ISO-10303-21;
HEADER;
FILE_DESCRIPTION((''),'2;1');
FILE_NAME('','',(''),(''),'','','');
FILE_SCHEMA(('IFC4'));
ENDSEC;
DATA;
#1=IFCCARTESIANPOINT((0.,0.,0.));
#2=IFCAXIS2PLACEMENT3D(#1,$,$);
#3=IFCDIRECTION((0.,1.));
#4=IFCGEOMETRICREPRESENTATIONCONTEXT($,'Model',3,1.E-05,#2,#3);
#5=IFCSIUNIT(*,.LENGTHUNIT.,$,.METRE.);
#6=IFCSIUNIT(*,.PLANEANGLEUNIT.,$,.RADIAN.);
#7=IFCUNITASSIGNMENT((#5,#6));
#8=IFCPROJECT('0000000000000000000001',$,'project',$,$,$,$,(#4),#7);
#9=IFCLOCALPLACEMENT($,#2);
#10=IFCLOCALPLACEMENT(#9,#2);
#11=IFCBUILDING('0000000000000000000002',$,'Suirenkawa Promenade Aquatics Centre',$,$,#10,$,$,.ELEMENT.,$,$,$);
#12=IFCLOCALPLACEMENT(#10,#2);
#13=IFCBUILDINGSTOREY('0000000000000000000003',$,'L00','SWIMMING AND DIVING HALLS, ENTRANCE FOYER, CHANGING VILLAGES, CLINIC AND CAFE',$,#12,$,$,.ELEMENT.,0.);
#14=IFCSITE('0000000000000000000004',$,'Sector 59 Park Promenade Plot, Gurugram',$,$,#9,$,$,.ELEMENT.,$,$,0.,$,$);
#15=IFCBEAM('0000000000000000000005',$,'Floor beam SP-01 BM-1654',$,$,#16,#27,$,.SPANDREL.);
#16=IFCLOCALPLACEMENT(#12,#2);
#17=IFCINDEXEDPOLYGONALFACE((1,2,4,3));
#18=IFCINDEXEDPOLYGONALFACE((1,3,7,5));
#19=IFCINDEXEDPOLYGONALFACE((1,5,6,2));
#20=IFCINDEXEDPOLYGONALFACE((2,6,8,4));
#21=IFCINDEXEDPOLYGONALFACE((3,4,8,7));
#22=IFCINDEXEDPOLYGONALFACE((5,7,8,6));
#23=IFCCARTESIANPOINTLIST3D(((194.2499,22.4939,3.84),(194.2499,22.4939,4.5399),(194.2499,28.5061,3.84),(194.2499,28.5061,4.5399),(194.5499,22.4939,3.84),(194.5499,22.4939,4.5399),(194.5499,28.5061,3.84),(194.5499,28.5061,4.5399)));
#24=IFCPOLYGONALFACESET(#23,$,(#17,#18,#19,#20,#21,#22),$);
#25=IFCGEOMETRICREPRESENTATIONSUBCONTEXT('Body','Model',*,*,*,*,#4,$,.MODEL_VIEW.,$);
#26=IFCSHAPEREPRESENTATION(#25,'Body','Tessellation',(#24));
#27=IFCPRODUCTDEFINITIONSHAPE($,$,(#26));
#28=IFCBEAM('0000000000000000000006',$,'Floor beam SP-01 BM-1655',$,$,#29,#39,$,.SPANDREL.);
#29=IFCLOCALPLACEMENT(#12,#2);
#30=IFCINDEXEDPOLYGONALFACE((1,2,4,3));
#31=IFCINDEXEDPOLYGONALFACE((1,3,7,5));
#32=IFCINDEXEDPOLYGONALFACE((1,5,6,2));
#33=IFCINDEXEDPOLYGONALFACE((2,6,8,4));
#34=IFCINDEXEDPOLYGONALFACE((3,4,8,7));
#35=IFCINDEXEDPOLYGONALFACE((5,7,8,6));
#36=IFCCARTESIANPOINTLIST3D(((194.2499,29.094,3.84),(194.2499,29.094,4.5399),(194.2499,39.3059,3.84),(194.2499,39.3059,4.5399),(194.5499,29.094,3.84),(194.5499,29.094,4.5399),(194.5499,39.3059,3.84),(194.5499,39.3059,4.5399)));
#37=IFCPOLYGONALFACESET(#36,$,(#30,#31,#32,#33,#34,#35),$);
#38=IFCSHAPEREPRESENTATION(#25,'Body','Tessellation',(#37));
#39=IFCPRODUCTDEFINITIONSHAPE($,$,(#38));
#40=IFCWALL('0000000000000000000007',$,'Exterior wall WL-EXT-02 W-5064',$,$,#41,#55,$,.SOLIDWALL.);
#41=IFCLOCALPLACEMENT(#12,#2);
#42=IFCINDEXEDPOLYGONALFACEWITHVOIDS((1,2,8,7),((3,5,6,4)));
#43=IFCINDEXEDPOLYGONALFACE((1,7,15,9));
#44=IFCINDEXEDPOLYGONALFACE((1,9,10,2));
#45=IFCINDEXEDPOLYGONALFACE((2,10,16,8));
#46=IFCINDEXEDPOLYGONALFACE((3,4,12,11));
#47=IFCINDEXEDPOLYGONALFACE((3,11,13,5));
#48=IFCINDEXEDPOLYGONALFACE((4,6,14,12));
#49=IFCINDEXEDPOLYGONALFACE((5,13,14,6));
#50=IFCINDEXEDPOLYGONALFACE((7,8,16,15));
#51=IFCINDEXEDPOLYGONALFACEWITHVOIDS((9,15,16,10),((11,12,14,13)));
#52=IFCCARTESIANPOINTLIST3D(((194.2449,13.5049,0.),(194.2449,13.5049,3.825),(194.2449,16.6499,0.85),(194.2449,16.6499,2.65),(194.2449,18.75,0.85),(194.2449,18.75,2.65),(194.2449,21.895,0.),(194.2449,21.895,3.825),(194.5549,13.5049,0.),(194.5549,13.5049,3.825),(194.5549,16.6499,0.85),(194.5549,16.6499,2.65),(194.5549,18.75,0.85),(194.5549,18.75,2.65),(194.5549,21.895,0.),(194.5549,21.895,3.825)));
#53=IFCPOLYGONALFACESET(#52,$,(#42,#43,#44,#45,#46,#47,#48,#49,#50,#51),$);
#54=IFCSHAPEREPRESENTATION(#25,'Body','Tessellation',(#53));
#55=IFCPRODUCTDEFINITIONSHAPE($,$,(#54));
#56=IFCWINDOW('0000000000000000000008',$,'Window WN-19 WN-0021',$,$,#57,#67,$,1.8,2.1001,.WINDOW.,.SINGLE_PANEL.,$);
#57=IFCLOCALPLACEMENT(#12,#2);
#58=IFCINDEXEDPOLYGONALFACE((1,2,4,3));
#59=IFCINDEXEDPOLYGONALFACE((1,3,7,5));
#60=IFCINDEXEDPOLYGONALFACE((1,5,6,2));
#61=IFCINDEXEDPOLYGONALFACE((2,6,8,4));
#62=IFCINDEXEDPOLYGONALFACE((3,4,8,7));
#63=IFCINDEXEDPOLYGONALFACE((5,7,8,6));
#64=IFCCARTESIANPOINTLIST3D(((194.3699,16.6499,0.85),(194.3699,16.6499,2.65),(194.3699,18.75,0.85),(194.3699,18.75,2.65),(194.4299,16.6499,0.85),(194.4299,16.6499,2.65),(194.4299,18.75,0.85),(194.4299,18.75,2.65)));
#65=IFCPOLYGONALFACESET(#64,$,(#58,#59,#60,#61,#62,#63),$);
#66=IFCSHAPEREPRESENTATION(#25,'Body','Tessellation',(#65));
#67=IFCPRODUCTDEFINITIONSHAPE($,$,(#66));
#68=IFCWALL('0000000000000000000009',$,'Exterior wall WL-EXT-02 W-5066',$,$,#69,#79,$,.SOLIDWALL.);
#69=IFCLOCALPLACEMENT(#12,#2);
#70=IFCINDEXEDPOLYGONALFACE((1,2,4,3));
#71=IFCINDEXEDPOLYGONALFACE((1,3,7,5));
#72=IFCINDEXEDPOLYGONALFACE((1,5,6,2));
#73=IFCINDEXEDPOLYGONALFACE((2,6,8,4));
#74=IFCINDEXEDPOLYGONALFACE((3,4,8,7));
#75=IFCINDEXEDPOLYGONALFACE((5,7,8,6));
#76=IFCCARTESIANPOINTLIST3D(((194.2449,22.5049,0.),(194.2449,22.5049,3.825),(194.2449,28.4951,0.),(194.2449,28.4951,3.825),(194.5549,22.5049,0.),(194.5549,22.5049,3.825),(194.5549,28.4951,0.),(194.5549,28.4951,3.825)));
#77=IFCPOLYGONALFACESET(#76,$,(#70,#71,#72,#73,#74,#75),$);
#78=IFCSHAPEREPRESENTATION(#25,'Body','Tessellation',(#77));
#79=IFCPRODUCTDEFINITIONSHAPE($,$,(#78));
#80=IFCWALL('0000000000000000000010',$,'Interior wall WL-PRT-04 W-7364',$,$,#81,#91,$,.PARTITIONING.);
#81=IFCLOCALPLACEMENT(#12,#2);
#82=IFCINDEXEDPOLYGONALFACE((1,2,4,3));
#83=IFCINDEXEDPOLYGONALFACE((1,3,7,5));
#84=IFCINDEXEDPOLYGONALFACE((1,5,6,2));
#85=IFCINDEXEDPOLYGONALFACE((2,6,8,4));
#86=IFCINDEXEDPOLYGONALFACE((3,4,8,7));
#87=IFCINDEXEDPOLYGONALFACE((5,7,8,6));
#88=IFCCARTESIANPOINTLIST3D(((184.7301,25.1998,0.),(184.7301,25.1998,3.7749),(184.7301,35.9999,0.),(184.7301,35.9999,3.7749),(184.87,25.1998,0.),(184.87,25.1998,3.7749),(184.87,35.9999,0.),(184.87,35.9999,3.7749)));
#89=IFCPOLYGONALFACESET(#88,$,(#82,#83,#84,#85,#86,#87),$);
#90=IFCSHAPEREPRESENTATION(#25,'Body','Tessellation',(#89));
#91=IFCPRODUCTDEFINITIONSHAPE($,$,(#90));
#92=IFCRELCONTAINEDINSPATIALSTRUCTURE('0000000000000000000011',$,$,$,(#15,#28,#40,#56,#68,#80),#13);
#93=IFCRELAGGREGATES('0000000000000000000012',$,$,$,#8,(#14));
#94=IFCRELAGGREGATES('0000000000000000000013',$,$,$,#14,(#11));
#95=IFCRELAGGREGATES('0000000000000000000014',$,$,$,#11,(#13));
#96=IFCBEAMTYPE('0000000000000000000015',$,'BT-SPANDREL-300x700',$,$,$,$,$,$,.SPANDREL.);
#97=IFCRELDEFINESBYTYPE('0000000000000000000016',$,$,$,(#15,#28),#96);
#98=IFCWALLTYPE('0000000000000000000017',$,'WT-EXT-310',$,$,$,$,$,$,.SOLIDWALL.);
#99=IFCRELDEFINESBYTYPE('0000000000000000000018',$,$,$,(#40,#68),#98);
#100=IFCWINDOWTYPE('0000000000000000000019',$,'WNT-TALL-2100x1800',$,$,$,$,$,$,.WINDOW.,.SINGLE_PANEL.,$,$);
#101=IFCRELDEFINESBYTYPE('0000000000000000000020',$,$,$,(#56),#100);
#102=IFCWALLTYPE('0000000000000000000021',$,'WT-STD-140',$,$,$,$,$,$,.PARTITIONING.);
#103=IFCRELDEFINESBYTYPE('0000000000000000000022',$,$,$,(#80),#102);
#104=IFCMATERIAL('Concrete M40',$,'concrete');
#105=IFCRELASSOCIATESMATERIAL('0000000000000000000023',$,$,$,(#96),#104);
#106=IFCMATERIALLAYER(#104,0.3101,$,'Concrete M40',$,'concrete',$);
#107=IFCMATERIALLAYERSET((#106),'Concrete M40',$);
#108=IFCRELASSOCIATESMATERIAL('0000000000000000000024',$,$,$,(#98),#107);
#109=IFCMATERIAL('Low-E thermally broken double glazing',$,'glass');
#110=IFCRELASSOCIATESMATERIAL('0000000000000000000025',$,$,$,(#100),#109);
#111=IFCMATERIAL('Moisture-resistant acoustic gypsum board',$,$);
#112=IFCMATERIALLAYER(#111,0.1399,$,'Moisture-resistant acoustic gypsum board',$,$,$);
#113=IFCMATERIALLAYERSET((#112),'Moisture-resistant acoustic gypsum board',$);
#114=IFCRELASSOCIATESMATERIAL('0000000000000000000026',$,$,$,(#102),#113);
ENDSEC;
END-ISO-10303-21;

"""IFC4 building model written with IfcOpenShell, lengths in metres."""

from ifc_helpers import new_model, si_unit, direction, frame, frame_2d, origin, origin_2d, place, context, subcontext, project, spatial, rectangle, extrude, material, layer, layer_set, material_profile, profile_set, type_object, element, fill, save


model = new_model("IFC4")

# Units and contexts
model_context = context("Model", 3, precision=1e-05, world=origin(), true_north=direction((0.0, 1.0)))
body_context = subcontext(model_context, "Body", "Model", "MODEL_VIEW")
ifc_project = project(units=[si_unit("LENGTHUNIT", "METRE"), si_unit("PLANEANGLEUNIT", "RADIAN")], contexts=[model_context])

# Site, building, storey
site_placement = place(None, origin())
site = spatial("IfcSite", under=ifc_project, at=site_placement, Name="Sector 59 Park Promenade Plot, Gurugram", CompositionType="ELEMENT", RefElevation=0.0)
building_placement = place(site_placement, origin())
building = spatial("IfcBuilding", under=site, at=building_placement, Name="Suirenkawa Promenade Aquatics Centre", CompositionType="ELEMENT")
storey_placement = place(building_placement, origin())
storey = spatial("IfcBuildingStorey", under=building, at=storey_placement, Name="L00", Description="SWIMMING AND DIVING HALLS, ENTRANCE FOYER, CHANGING VILLAGES, CLINIC AND CAFE", CompositionType="ELEMENT", Elevation=0.0)

# Shared definitions
ifc_material_1 = material(Name="Concrete M40", Category="concrete")

# Beams
ifc_material_profile_1 = material_profile(ifc_material_1, rectangle(XDim=0.3, YDim=0.7, at=origin_2d()), Name="RC SPANDREL 300x700", Category="concrete")
ifc_profile_set_1 = profile_set([ifc_material_profile_1], Name="Concrete M40")
beam_type_1 = type_object("IfcBeamType", Name="BT-SPANDREL-300x700", PredefinedType="SPANDREL", material=ifc_profile_set_1)
beam_1_placement = place(storey_placement, frame((194.3999, 22.4939, 4.1899), z_axis=(0.0, 1.0, 0.0), x_axis=(-1.0, 0.0, 0.0)))
element("IfcBeam", 1, at=beam_1_placement, inside=storey, type_object=beam_type_1, Name="Floor beam SP-01 BM-1654", PredefinedType="SPANDREL", context=body_context, shape_type="SweptSolid", body=[
    extrude(rectangle(XDim=0.3, YDim=0.7, at=origin_2d()), origin(), (0.0, 0.0, 1.0), 6.0122),
])
beam_2_placement = place(storey_placement, frame((194.3999, 29.094, 4.1899), z_axis=(0.0, 1.0, 0.0), x_axis=(-1.0, 0.0, 0.0)))
element("IfcBeam", 2, at=beam_2_placement, inside=storey, type_object=beam_type_1, Name="Floor beam SP-01 BM-1655", PredefinedType="SPANDREL", context=body_context, shape_type="SweptSolid", body=[
    extrude(rectangle(XDim=0.3, YDim=0.7, at=origin_2d()), origin(), (0.0, 0.0, 1.0), 10.2119),
])

# Wall, opening, window
ifc_layer_1 = layer(ifc_material_1, 0.3101, Name="Concrete M40", Category="concrete")
ifc_layer_set_1 = layer_set([ifc_layer_1], Name="Concrete M40")
wall_type_1 = type_object("IfcWallType", Name="WT-EXT-310", PredefinedType="SOLIDWALL", material=ifc_layer_set_1)
wall_1_placement = place(storey_placement, frame((194.3999, 21.895, 0.0), z_axis=(0.0, 0.0, 1.0), x_axis=(0.0, -1.0, 0.0)))
wall_1 = element("IfcWall", 3, at=wall_1_placement, inside=storey, type_object=wall_type_1, Name="Exterior wall WL-EXT-02 W-5064", PredefinedType="SOLIDWALL", context=body_context, shape_type="SweptSolid", body=[
    extrude(rectangle(XDim=8.3901, YDim=0.3101, at=frame_2d((4.1951, 0.0))), origin(), (0.0, 0.0, 1.0), 3.825),
])
opening_placement = place(wall_1_placement, frame((3.145, 0.0, 0.8501)))
opening = element("IfcOpeningElement", 4, at=opening_placement, cuts=wall_1, PredefinedType="OPENING", context=body_context, shape_type="SweptSolid", body=[
    extrude(rectangle(XDim=2.1001, YDim=1.8, at=frame_2d((1.05, 0.8999))), frame((0.0, 0.165, 0.0), z_axis=(0.0, -1.0, 0.0), x_axis=(1.0, 0.0, 0.0)), (0.0, 0.0, 1.0), 0.3301),
])
ifc_material_2 = material(Name="Low-E thermally broken double glazing", Category="glass")
window_type = type_object("IfcWindowType", Name="WNT-TALL-2100x1800", PartitioningType="SINGLE_PANEL", PredefinedType="WINDOW", material=ifc_material_2)
window_placement = place(opening_placement, origin())
window = element("IfcWindow", 5, at=window_placement, inside=storey, type_object=window_type, Name="Window WN-19 WN-0021", OverallHeight=1.8, OverallWidth=2.1001, PartitioningType="SINGLE_PANEL", PredefinedType="WINDOW", context=body_context, shape_type="SweptSolid", body=[
    extrude(rectangle(XDim=2.1001, YDim=1.8, at=frame_2d((1.05, 0.8999))), frame((0.0, 0.03, 0.0), z_axis=(0.0, -1.0, 0.0), x_axis=(1.0, 0.0, 0.0)), (0.0, 0.0, 1.0), 0.0601),
])
fill(opening, window)

# Walls
wall_2_placement = place(storey_placement, frame((194.3999, 28.4951, 0.0), z_axis=(0.0, 0.0, 1.0), x_axis=(0.0, -1.0, 0.0)))
element("IfcWall", 6, at=wall_2_placement, inside=storey, type_object=wall_type_1, Name="Exterior wall WL-EXT-02 W-5066", PredefinedType="SOLIDWALL", context=body_context, shape_type="SweptSolid", body=[
    extrude(rectangle(XDim=5.9902, YDim=0.3101, at=frame_2d((2.9951, 0.0))), origin(), (0.0, 0.0, 1.0), 3.825),
])
ifc_material_3 = material(Name="Moisture-resistant acoustic gypsum board")
ifc_layer_2 = layer(ifc_material_3, 0.1399, Name="Moisture-resistant acoustic gypsum board")
ifc_layer_set_2 = layer_set([ifc_layer_2], Name="Moisture-resistant acoustic gypsum board")
wall_type_2 = type_object("IfcWallType", Name="WT-STD-140", PredefinedType="PARTITIONING", material=ifc_layer_set_2)
wall_3_placement = place(storey_placement, frame((184.8, 25.2, 0.0), z_axis=(0.0, 0.0, 1.0), x_axis=(0.0, 1.0, 0.0)))
element("IfcWall", 7, at=wall_3_placement, inside=storey, type_object=wall_type_2, Name="Interior wall WL-PRT-04 W-7364", PredefinedType="PARTITIONING", context=body_context, shape_type="SweptSolid", body=[
    extrude(rectangle(XDim=10.8, YDim=0.1399, at=frame_2d((5.3999, 0.0))), origin(), (0.0, 0.0, 1.0), 3.7749),
])

save(model, "model.ifc")
